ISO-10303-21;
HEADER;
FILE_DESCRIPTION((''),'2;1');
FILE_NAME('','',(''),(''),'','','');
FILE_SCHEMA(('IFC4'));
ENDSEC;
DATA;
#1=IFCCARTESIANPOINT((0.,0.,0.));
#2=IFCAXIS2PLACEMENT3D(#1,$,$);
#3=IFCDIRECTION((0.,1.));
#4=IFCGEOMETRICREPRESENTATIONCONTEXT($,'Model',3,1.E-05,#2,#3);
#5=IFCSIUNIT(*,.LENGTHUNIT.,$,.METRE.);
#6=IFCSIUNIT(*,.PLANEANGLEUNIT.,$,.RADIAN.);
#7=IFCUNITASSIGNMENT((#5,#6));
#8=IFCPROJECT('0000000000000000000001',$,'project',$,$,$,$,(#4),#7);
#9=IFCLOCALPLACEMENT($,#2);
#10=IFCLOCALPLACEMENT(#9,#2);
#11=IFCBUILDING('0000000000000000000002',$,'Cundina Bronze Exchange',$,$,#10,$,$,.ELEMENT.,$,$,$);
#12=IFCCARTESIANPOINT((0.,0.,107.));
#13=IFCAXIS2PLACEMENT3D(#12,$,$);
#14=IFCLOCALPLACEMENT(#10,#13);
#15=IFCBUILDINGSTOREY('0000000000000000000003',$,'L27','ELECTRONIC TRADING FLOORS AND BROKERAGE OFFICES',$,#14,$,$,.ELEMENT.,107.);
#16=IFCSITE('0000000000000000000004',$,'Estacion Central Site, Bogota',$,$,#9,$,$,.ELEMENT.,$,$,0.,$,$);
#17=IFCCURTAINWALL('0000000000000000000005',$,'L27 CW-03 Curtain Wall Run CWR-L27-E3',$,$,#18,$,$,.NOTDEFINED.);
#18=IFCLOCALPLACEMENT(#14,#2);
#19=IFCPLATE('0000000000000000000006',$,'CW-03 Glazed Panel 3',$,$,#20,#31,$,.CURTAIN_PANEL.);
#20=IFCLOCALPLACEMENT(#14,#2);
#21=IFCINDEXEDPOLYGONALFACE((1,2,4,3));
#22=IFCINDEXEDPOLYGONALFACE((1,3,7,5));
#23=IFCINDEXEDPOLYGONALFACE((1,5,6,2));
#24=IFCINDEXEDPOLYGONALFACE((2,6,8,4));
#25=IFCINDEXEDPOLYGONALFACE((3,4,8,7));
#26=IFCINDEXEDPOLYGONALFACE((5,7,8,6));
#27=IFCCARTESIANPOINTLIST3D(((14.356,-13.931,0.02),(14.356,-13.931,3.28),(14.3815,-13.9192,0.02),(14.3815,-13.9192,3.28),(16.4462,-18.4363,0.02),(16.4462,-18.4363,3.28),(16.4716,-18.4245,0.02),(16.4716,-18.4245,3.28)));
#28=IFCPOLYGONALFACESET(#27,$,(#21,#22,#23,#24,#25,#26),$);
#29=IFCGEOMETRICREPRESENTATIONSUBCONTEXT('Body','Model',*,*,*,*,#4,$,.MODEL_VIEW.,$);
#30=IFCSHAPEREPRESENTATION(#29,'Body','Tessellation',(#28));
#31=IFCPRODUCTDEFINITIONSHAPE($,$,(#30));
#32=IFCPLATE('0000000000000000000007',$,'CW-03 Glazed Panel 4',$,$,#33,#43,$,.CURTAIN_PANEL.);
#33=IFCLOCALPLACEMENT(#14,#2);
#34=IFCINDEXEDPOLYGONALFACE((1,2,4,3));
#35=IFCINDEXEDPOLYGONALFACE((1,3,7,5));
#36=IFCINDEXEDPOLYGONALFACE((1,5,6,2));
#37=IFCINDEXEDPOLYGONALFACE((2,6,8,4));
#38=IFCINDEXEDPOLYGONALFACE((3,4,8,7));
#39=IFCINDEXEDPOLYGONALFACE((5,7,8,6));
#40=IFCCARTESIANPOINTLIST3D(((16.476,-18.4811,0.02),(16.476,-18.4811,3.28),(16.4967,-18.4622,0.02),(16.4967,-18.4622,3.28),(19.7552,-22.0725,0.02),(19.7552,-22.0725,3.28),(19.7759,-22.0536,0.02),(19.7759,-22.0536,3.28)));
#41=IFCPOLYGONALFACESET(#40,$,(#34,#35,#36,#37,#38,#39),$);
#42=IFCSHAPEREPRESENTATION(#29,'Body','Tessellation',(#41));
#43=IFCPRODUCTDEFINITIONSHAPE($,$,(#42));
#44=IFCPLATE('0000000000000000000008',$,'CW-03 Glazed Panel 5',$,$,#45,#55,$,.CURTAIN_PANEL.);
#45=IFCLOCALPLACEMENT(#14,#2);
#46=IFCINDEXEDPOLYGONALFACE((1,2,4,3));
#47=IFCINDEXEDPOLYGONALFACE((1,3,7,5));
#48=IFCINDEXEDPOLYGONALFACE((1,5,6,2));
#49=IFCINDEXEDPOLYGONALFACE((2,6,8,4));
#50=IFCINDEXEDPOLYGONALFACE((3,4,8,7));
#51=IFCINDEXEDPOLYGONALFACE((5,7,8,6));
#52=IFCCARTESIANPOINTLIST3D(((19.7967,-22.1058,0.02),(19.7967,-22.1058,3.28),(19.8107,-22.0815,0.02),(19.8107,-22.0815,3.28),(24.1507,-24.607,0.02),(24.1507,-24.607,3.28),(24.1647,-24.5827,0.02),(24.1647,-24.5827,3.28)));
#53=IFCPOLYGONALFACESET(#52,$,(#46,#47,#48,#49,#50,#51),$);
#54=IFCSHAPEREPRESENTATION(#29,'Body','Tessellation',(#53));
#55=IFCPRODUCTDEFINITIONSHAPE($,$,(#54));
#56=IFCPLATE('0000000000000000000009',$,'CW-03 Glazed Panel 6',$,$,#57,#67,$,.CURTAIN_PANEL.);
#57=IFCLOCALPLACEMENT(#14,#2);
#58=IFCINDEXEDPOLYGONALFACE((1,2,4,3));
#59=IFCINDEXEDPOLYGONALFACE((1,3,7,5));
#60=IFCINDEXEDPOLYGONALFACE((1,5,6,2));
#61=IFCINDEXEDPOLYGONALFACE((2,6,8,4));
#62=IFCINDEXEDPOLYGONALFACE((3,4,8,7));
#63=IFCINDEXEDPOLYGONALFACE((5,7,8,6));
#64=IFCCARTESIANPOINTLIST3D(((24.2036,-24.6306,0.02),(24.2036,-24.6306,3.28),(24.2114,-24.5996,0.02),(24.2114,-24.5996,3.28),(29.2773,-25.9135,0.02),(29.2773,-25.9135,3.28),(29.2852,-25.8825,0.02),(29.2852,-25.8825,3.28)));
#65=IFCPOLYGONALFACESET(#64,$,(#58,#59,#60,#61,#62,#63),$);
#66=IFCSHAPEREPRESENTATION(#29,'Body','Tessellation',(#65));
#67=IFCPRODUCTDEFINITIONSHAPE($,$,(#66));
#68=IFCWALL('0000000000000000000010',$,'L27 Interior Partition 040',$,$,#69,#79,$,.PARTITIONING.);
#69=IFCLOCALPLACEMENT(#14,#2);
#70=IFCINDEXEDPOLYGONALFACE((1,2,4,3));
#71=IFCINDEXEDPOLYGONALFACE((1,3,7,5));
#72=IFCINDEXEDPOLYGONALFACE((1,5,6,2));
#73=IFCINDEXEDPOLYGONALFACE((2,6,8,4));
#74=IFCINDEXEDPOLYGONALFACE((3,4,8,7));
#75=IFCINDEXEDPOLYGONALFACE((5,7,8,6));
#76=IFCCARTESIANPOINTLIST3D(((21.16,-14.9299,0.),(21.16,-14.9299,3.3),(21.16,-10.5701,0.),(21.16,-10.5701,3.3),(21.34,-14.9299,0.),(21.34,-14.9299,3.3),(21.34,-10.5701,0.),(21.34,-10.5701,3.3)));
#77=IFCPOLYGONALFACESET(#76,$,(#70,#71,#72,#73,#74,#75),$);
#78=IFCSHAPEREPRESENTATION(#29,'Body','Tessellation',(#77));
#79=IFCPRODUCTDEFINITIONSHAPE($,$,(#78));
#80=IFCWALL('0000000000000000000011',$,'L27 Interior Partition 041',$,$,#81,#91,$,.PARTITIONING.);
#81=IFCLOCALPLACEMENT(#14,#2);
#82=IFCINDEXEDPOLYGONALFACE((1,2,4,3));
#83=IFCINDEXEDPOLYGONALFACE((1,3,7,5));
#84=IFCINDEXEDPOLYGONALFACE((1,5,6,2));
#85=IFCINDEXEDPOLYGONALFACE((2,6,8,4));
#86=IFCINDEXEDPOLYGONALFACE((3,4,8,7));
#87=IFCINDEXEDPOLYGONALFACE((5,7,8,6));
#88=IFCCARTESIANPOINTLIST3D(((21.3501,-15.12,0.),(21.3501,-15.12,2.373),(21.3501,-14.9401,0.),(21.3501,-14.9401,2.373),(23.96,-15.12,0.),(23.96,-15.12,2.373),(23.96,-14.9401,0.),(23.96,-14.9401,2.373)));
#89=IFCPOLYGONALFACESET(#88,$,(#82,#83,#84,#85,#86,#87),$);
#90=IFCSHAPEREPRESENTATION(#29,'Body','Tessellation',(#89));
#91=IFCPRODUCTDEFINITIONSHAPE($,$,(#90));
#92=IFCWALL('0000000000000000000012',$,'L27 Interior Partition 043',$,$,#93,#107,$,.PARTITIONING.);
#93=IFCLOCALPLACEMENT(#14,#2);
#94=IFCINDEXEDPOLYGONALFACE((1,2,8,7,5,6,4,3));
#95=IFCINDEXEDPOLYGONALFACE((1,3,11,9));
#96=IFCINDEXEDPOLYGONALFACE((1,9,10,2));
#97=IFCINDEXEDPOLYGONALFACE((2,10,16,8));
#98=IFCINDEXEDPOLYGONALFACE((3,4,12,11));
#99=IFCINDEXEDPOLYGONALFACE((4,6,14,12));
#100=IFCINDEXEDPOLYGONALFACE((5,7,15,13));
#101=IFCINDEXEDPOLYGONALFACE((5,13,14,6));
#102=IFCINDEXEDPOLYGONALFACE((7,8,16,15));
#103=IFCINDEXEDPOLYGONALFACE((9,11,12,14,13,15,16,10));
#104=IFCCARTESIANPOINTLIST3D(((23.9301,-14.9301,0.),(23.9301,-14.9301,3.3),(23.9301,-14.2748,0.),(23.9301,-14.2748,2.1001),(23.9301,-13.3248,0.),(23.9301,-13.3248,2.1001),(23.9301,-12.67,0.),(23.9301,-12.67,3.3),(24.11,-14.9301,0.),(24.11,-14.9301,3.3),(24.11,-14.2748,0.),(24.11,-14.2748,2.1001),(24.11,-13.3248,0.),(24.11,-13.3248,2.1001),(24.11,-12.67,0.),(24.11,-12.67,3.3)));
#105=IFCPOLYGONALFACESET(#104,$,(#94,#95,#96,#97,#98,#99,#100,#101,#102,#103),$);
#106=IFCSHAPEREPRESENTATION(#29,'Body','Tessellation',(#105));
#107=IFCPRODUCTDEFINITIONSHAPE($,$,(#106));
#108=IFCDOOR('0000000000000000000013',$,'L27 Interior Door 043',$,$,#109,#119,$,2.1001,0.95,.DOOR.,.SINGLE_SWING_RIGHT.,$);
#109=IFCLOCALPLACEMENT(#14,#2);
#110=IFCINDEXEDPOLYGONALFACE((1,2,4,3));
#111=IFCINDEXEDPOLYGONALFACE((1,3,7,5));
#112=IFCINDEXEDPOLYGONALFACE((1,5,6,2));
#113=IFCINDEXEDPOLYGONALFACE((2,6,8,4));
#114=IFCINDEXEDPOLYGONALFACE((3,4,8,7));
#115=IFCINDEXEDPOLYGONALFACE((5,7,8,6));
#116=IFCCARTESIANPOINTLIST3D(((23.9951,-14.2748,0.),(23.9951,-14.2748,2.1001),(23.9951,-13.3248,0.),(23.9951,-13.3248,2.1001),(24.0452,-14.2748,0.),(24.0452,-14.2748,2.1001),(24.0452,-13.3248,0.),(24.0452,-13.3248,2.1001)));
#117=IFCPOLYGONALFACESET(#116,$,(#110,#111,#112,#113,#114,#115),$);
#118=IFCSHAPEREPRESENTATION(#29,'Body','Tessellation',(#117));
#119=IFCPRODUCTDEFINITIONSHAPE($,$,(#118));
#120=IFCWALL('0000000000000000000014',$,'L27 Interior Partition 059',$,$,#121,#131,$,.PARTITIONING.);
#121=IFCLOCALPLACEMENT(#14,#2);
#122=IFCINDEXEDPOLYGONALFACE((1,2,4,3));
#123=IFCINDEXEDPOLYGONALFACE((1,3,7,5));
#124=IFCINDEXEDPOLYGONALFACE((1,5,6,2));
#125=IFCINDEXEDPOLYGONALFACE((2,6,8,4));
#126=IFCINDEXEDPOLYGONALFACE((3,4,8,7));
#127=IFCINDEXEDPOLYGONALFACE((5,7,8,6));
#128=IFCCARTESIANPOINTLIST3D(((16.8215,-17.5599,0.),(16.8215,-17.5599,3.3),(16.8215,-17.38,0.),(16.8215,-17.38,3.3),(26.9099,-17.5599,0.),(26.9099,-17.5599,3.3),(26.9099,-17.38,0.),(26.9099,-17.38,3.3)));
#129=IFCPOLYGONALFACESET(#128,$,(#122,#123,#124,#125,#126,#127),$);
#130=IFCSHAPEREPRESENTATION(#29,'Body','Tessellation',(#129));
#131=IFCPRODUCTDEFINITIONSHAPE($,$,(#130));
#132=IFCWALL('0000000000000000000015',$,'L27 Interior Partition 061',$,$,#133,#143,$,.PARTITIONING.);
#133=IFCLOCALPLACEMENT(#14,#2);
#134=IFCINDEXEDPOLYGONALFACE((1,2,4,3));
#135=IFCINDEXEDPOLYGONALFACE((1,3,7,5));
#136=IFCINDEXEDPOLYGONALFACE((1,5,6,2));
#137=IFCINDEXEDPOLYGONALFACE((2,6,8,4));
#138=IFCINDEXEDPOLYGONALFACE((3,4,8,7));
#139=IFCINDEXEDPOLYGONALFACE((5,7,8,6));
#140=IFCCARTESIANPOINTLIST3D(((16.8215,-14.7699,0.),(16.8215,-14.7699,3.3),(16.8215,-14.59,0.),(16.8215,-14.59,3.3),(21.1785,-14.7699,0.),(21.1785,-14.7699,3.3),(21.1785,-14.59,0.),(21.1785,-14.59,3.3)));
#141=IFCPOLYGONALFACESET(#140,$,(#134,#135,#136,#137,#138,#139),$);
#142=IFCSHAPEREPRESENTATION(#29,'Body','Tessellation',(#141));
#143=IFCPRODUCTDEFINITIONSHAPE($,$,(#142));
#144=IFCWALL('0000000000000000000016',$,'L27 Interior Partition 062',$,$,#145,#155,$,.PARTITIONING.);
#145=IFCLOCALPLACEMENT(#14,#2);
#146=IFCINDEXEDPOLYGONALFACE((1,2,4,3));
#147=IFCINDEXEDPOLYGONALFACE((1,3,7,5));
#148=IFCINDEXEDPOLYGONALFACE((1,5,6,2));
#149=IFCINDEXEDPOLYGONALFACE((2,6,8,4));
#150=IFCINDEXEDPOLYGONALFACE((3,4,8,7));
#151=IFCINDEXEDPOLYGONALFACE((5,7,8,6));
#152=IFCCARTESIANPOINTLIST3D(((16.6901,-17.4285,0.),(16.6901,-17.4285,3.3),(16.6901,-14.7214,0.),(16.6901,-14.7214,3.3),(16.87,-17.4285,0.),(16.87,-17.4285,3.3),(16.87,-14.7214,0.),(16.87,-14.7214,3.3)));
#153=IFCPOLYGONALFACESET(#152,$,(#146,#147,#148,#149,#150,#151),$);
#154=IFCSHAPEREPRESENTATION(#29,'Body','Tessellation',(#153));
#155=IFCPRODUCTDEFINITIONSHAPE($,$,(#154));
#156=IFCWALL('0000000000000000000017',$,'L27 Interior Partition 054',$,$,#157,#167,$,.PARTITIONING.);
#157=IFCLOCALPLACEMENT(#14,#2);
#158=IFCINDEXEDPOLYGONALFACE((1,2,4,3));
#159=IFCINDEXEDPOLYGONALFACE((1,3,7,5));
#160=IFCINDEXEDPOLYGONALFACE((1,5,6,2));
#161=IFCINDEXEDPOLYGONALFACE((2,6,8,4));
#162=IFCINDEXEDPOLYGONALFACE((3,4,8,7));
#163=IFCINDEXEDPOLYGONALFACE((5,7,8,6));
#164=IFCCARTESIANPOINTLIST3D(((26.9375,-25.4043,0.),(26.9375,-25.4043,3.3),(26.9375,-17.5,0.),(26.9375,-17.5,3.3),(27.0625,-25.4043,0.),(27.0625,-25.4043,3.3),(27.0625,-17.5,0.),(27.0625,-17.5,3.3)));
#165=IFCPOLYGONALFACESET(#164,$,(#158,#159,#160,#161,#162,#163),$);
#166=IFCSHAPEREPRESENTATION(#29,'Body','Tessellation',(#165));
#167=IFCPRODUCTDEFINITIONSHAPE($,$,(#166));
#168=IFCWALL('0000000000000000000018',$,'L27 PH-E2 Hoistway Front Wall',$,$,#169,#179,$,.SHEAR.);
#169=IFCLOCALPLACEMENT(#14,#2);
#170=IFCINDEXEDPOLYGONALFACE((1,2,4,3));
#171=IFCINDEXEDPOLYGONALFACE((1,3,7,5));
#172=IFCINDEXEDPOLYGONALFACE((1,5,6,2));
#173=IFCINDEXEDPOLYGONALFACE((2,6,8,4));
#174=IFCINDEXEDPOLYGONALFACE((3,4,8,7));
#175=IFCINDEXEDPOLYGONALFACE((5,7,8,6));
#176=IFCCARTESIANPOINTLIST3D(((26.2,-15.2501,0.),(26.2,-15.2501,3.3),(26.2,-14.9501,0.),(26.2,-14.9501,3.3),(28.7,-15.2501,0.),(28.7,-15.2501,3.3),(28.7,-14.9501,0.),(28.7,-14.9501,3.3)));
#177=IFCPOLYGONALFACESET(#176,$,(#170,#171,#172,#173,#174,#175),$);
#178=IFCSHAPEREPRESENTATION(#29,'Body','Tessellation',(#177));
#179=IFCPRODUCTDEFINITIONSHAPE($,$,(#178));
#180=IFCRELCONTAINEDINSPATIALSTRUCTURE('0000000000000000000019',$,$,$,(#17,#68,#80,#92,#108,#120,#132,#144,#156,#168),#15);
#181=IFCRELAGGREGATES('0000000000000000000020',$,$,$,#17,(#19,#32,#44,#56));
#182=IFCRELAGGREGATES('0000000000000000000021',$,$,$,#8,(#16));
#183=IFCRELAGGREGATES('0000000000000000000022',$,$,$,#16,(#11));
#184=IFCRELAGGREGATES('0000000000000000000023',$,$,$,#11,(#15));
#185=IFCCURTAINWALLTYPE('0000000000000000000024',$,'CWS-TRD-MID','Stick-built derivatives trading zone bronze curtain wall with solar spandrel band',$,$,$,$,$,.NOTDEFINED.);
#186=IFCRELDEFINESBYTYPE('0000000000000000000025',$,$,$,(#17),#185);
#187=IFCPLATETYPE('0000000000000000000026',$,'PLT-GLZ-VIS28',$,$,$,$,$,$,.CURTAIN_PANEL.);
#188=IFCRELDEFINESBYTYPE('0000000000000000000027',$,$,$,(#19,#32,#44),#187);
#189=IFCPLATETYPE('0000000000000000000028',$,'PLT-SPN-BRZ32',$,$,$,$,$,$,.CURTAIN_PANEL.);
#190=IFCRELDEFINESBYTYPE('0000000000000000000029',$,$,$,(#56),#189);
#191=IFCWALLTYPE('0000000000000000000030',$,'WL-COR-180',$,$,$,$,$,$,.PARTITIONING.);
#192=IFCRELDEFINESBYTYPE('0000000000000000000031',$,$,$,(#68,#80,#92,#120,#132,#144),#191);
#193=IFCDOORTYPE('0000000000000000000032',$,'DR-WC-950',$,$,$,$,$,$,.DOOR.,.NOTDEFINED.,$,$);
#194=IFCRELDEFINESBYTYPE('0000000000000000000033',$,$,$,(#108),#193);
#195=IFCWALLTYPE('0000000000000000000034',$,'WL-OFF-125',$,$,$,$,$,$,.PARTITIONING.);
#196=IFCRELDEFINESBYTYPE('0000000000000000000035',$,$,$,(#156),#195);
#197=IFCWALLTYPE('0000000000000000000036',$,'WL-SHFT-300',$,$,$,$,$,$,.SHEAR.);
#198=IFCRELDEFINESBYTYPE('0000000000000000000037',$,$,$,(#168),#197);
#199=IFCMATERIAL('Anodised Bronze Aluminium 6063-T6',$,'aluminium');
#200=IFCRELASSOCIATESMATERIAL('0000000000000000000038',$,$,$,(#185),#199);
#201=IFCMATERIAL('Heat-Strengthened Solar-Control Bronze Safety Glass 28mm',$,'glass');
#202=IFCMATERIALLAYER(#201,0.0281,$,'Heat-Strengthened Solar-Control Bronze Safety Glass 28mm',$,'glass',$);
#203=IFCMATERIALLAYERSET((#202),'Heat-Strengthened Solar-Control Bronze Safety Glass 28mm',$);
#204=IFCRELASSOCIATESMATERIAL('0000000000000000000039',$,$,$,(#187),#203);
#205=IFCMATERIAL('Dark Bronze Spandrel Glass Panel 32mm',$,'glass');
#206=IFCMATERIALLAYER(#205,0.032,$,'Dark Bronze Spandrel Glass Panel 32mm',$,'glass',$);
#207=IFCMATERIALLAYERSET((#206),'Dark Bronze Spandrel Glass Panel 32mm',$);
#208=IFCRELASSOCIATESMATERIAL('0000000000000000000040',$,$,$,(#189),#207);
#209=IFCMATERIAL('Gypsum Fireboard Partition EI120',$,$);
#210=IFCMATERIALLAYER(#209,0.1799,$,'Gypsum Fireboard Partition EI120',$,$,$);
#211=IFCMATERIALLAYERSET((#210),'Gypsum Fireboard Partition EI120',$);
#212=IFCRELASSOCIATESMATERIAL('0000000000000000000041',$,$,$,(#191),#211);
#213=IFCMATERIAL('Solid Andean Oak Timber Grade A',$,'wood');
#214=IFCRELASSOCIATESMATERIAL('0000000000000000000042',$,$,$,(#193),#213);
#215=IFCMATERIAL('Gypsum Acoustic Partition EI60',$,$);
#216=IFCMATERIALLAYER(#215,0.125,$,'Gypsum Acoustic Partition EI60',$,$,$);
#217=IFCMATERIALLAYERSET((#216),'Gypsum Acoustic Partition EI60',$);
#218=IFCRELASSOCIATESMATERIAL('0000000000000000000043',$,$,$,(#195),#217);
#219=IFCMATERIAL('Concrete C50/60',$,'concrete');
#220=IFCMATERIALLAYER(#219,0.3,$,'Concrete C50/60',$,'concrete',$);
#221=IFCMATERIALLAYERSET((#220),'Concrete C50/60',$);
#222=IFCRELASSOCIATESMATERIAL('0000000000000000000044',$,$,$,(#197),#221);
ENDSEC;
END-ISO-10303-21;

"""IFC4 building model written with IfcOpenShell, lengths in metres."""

from ifc_helpers import new_model, si_unit, direction, frame, frame_2d, origin, origin_2d, place, context, subcontext, project, spatial, rectangle, extrude, material, layer, layer_set, type_object, element, fill, aggregate, save


model = new_model("IFC4")

# Units and contexts
model_context = context("Model", 3, precision=1e-05, world=origin(), true_north=direction((0.0, 1.0)))
body_context = subcontext(model_context, "Body", "Model", "MODEL_VIEW")
ifc_project = project(units=[si_unit("LENGTHUNIT", "METRE"), si_unit("PLANEANGLEUNIT", "RADIAN")], contexts=[model_context])

# Site, building, storey
site_placement = place(None, origin())
site = spatial("IfcSite", under=ifc_project, at=site_placement, Name="Estacion Central Site, Bogota", CompositionType="ELEMENT", RefElevation=0.0)
building_placement = place(site_placement, origin())
building = spatial("IfcBuilding", under=site, at=building_placement, Name="Cundina Bronze Exchange", CompositionType="ELEMENT")
storey_placement = place(building_placement, frame((0.0, 0.0, 107.0)))
storey = spatial("IfcBuildingStorey", under=building, at=storey_placement, Name="L27", Description="ELECTRONIC TRADING FLOORS AND BROKERAGE OFFICES", CompositionType="ELEMENT", Elevation=107.0)

# Curtain wall, plates
ifc_material_1 = material(Name="Anodised Bronze Aluminium 6063-T6", Category="aluminium")
curtain_wall_type = type_object("IfcCurtainWallType", Name="CWS-TRD-MID", Description="Stick-built derivatives trading zone bronze curtain wall with solar spandrel band", PredefinedType="NOTDEFINED", material=ifc_material_1)
curtain_wall_placement = place(storey_placement, origin())
curtain_wall = element("IfcCurtainWall", 1, at=curtain_wall_placement, inside=storey, type_object=curtain_wall_type, Name="L27 CW-03 Curtain Wall Run CWR-L27-E3", PredefinedType="NOTDEFINED")
ifc_material_2 = material(Name="Heat-Strengthened Solar-Control Bronze Safety Glass 28mm", Category="glass")
ifc_layer_1 = layer(ifc_material_2, 0.0281, Name="Heat-Strengthened Solar-Control Bronze Safety Glass 28mm", Category="glass")
ifc_layer_set_1 = layer_set([ifc_layer_1], Name="Heat-Strengthened Solar-Control Bronze Safety Glass 28mm")
plate_type_1 = type_object("IfcPlateType", Name="PLT-GLZ-VIS28", PredefinedType="CURTAIN_PANEL", material=ifc_layer_set_1)
plate_1_placement = place(storey_placement, frame((15.4138, -16.1777, 0.02), z_axis=(0.0, 0.0, 1.0), x_axis=(0.420846, -0.907132, 0.0)))
plate_1 = element("IfcPlate", 2, at=plate_1_placement, type_object=plate_type_1, Name="CW-03 Glazed Panel 3", PredefinedType="CURTAIN_PANEL", context=body_context, shape_type="SweptSolid", body=[
    extrude(rectangle(XDim=4.9666, YDim=0.0281, at=origin_2d()), origin(), (0.0, 0.0, 1.0), 3.26),
])
plate_2_placement = place(storey_placement, frame((18.126, -20.2673, 0.02), z_axis=(0.0, 0.0, 1.0), x_axis=(0.674277, -0.738479, 0.0)))
plate_2 = element("IfcPlate", 3, at=plate_2_placement, type_object=plate_type_1, Name="CW-03 Glazed Panel 4", PredefinedType="CURTAIN_PANEL", context=body_context, shape_type="SweptSolid", body=[
    extrude(rectangle(XDim=4.8633, YDim=0.0281, at=origin_2d()), origin(), (0.0, 0.0, 1.0), 3.26),
])
plate_3_placement = place(storey_placement, frame((21.9807, -23.3442, 0.02), z_axis=(0.0, 0.0, 1.0), x_axis=(0.867105, -0.498125, 0.0)))
plate_3 = element("IfcPlate", 4, at=plate_3_placement, type_object=plate_type_1, Name="CW-03 Glazed Panel 5", PredefinedType="CURTAIN_PANEL", context=body_context, shape_type="SweptSolid", body=[
    extrude(rectangle(XDim=5.0212, YDim=0.0281, at=origin_2d()), origin(), (0.0, 0.0, 1.0), 3.26),
])
ifc_material_3 = material(Name="Dark Bronze Spandrel Glass Panel 32mm", Category="glass")
ifc_layer_2 = layer(ifc_material_3, 0.032, Name="Dark Bronze Spandrel Glass Panel 32mm", Category="glass")
ifc_layer_set_2 = layer_set([ifc_layer_2], Name="Dark Bronze Spandrel Glass Panel 32mm")
plate_type_2 = type_object("IfcPlateType", Name="PLT-SPN-BRZ32", PredefinedType="CURTAIN_PANEL", material=ifc_layer_set_2)
plate_4_placement = place(storey_placement, frame((26.7444, -25.2566, 0.02), z_axis=(0.0, 0.0, 1.0), x_axis=(0.969488, -0.245138, 0.0)))
plate_4 = element("IfcPlate", 5, at=plate_4_placement, type_object=plate_type_2, Name="CW-03 Glazed Panel 6", PredefinedType="CURTAIN_PANEL", context=body_context, shape_type="SweptSolid", body=[
    extrude(rectangle(XDim=5.2334, YDim=0.032, at=origin_2d()), origin(), (0.0, 0.0, 1.0), 3.26),
])
aggregate(curtain_wall, [plate_1, plate_2, plate_3, plate_4])

# Walls
ifc_material_4 = material(Name="Gypsum Fireboard Partition EI120")
ifc_layer_3 = layer(ifc_material_4, 0.1799, Name="Gypsum Fireboard Partition EI120")
ifc_layer_set_3 = layer_set([ifc_layer_3], Name="Gypsum Fireboard Partition EI120")
wall_type_1 = type_object("IfcWallType", Name="WL-COR-180", PredefinedType="PARTITIONING", material=ifc_layer_set_3)
wall_1_placement = place(storey_placement, frame((21.25, -14.9299, 0.0), z_axis=(0.0, 0.0, 1.0), x_axis=(0.0, 1.0, 0.0)))
element("IfcWall", 6, at=wall_1_placement, inside=storey, type_object=wall_type_1, Name="L27 Interior Partition 040", PredefinedType="PARTITIONING", context=body_context, shape_type="SweptSolid", body=[
    extrude(rectangle(XDim=4.3599, YDim=0.1799, at=frame_2d((2.1799, 0.0))), origin(), (0.0, 0.0, 1.0), 3.3),
])
wall_2_placement = place(storey_placement, frame((21.3501, -15.03, 0.0), z_axis=(0.0, 0.0, 1.0), x_axis=(1.0, 0.0, 0.0)))
element("IfcWall", 7, at=wall_2_placement, inside=storey, type_object=wall_type_1, Name="L27 Interior Partition 041", PredefinedType="PARTITIONING", context=body_context, shape_type="SweptSolid", body=[
    extrude(rectangle(XDim=2.6099, YDim=0.1799, at=frame_2d((1.3049, 0.0))), origin(), (0.0, 0.0, 1.0), 2.373),
])

# Wall, opening, door
wall_3_placement = place(storey_placement, frame((24.02, -14.9299, 0.0), z_axis=(0.0, 0.0, 1.0), x_axis=(0.0, 1.0, 0.0)))
wall_3 = element("IfcWall", 8, at=wall_3_placement, inside=storey, type_object=wall_type_1, Name="L27 Interior Partition 043", PredefinedType="PARTITIONING", context=body_context, shape_type="SweptSolid", body=[
    extrude(rectangle(XDim=2.26, YDim=0.1799, at=frame_2d((1.1299, 0.0))), origin(), (0.0, 0.0, 1.0), 3.3),
])
opening_placement = place(wall_3_placement, frame((0.655, 0.0, 0.0)))
opening = element("IfcOpeningElement", 9, at=opening_placement, cuts=wall_3, PredefinedType="OPENING", context=body_context, shape_type="SweptSolid", body=[
    extrude(rectangle(XDim=0.95, YDim=2.1001, at=frame_2d((0.4751, 1.05))), frame((0.0, 0.0999, 0.0), z_axis=(0.0, -1.0, 0.0), x_axis=(1.0, 0.0, 0.0)), (0.0, 0.0, 1.0), 0.2),
])
ifc_material_5 = material(Name="Solid Andean Oak Timber Grade A", Category="wood")
door_type = type_object("IfcDoorType", Name="DR-WC-950", OperationType="NOTDEFINED", PredefinedType="DOOR", material=ifc_material_5)
door_placement = place(opening_placement, origin())
door = element("IfcDoor", 10, at=door_placement, inside=storey, type_object=door_type, Name="L27 Interior Door 043", OperationType="SINGLE_SWING_RIGHT", OverallHeight=2.1001, OverallWidth=0.95, PredefinedType="DOOR", context=body_context, shape_type="SweptSolid", body=[
    extrude(rectangle(XDim=0.95, YDim=2.1001, at=frame_2d((0.4751, 1.05))), frame((0.0, 0.0249, 0.0), z_axis=(0.0, -1.0, 0.0), x_axis=(1.0, 0.0, 0.0)), (0.0, 0.0, 1.0), 0.05),
])
fill(opening, door)

# Walls
wall_4_placement = place(storey_placement, frame((16.8215, -17.47, 0.0), z_axis=(0.0, 0.0, 1.0), x_axis=(1.0, 0.0, 0.0)))
element("IfcWall", 11, at=wall_4_placement, inside=storey, type_object=wall_type_1, Name="L27 Interior Partition 059", PredefinedType="PARTITIONING", context=body_context, shape_type="SweptSolid", body=[
    extrude(rectangle(XDim=10.0884, YDim=0.1799, at=frame_2d((5.0442, 0.0))), origin(), (0.0, 0.0, 1.0), 3.3),
])
wall_5_placement = place(storey_placement, frame((21.1785, -14.6799, 0.0), z_axis=(0.0, 0.0, 1.0), x_axis=(-1.0, 0.0, 0.0)))
element("IfcWall", 12, at=wall_5_placement, inside=storey, type_object=wall_type_1, Name="L27 Interior Partition 061", PredefinedType="PARTITIONING", context=body_context, shape_type="SweptSolid", body=[
    extrude(rectangle(XDim=4.3569, YDim=0.1799, at=frame_2d((2.1785, 0.0))), origin(), (0.0, 0.0, 1.0), 3.3),
])
wall_6_placement = place(storey_placement, frame((16.78, -14.7214, 0.0), z_axis=(0.0, 0.0, 1.0), x_axis=(0.0, -1.0, 0.0)))
element("IfcWall", 13, at=wall_6_placement, inside=storey, type_object=wall_type_1, Name="L27 Interior Partition 062", PredefinedType="PARTITIONING", context=body_context, shape_type="SweptSolid", body=[
    extrude(rectangle(XDim=2.707, YDim=0.1799, at=frame_2d((1.3535, 0.0))), origin(), (0.0, 0.0, 1.0), 3.3),
])
ifc_material_6 = material(Name="Gypsum Acoustic Partition EI60")
ifc_layer_4 = layer(ifc_material_6, 0.125, Name="Gypsum Acoustic Partition EI60")
ifc_layer_set_4 = layer_set([ifc_layer_4], Name="Gypsum Acoustic Partition EI60")
wall_type_2 = type_object("IfcWallType", Name="WL-OFF-125", PredefinedType="PARTITIONING", material=ifc_layer_set_4)
wall_7_placement = place(storey_placement, frame((27.0, -25.4043, 0.0), z_axis=(0.0, 0.0, 1.0), x_axis=(0.0, 1.0, 0.0)))
element("IfcWall", 14, at=wall_7_placement, inside=storey, type_object=wall_type_2, Name="L27 Interior Partition 054", PredefinedType="PARTITIONING", context=body_context, shape_type="SweptSolid", body=[
    extrude(rectangle(XDim=7.9043, YDim=0.125, at=frame_2d((3.9521, 0.0))), origin(), (0.0, 0.0, 1.0), 3.3),
])
ifc_material_7 = material(Name="Concrete C50/60", Category="concrete")
ifc_layer_5 = layer(ifc_material_7, 0.3, Name="Concrete C50/60", Category="concrete")
ifc_layer_set_5 = layer_set([ifc_layer_5], Name="Concrete C50/60")
wall_type_3 = type_object("IfcWallType", Name="WL-SHFT-300", PredefinedType="SHEAR", material=ifc_layer_set_5)
wall_8_placement = place(storey_placement, frame((26.2, -15.1001, 0.0), z_axis=(0.0, 0.0, 1.0), x_axis=(1.0, 0.0, 0.0)))
element("IfcWall", 15, at=wall_8_placement, inside=storey, type_object=wall_type_3, Name="L27 PH-E2 Hoistway Front Wall", PredefinedType="SHEAR", context=body_context, shape_type="SweptSolid", body=[
    extrude(rectangle(XDim=2.5, YDim=0.3, at=frame_2d((1.25, 0.0))), origin(), (0.0, 0.0, 1.0), 3.3),
])

save(model, "model.ifc")
